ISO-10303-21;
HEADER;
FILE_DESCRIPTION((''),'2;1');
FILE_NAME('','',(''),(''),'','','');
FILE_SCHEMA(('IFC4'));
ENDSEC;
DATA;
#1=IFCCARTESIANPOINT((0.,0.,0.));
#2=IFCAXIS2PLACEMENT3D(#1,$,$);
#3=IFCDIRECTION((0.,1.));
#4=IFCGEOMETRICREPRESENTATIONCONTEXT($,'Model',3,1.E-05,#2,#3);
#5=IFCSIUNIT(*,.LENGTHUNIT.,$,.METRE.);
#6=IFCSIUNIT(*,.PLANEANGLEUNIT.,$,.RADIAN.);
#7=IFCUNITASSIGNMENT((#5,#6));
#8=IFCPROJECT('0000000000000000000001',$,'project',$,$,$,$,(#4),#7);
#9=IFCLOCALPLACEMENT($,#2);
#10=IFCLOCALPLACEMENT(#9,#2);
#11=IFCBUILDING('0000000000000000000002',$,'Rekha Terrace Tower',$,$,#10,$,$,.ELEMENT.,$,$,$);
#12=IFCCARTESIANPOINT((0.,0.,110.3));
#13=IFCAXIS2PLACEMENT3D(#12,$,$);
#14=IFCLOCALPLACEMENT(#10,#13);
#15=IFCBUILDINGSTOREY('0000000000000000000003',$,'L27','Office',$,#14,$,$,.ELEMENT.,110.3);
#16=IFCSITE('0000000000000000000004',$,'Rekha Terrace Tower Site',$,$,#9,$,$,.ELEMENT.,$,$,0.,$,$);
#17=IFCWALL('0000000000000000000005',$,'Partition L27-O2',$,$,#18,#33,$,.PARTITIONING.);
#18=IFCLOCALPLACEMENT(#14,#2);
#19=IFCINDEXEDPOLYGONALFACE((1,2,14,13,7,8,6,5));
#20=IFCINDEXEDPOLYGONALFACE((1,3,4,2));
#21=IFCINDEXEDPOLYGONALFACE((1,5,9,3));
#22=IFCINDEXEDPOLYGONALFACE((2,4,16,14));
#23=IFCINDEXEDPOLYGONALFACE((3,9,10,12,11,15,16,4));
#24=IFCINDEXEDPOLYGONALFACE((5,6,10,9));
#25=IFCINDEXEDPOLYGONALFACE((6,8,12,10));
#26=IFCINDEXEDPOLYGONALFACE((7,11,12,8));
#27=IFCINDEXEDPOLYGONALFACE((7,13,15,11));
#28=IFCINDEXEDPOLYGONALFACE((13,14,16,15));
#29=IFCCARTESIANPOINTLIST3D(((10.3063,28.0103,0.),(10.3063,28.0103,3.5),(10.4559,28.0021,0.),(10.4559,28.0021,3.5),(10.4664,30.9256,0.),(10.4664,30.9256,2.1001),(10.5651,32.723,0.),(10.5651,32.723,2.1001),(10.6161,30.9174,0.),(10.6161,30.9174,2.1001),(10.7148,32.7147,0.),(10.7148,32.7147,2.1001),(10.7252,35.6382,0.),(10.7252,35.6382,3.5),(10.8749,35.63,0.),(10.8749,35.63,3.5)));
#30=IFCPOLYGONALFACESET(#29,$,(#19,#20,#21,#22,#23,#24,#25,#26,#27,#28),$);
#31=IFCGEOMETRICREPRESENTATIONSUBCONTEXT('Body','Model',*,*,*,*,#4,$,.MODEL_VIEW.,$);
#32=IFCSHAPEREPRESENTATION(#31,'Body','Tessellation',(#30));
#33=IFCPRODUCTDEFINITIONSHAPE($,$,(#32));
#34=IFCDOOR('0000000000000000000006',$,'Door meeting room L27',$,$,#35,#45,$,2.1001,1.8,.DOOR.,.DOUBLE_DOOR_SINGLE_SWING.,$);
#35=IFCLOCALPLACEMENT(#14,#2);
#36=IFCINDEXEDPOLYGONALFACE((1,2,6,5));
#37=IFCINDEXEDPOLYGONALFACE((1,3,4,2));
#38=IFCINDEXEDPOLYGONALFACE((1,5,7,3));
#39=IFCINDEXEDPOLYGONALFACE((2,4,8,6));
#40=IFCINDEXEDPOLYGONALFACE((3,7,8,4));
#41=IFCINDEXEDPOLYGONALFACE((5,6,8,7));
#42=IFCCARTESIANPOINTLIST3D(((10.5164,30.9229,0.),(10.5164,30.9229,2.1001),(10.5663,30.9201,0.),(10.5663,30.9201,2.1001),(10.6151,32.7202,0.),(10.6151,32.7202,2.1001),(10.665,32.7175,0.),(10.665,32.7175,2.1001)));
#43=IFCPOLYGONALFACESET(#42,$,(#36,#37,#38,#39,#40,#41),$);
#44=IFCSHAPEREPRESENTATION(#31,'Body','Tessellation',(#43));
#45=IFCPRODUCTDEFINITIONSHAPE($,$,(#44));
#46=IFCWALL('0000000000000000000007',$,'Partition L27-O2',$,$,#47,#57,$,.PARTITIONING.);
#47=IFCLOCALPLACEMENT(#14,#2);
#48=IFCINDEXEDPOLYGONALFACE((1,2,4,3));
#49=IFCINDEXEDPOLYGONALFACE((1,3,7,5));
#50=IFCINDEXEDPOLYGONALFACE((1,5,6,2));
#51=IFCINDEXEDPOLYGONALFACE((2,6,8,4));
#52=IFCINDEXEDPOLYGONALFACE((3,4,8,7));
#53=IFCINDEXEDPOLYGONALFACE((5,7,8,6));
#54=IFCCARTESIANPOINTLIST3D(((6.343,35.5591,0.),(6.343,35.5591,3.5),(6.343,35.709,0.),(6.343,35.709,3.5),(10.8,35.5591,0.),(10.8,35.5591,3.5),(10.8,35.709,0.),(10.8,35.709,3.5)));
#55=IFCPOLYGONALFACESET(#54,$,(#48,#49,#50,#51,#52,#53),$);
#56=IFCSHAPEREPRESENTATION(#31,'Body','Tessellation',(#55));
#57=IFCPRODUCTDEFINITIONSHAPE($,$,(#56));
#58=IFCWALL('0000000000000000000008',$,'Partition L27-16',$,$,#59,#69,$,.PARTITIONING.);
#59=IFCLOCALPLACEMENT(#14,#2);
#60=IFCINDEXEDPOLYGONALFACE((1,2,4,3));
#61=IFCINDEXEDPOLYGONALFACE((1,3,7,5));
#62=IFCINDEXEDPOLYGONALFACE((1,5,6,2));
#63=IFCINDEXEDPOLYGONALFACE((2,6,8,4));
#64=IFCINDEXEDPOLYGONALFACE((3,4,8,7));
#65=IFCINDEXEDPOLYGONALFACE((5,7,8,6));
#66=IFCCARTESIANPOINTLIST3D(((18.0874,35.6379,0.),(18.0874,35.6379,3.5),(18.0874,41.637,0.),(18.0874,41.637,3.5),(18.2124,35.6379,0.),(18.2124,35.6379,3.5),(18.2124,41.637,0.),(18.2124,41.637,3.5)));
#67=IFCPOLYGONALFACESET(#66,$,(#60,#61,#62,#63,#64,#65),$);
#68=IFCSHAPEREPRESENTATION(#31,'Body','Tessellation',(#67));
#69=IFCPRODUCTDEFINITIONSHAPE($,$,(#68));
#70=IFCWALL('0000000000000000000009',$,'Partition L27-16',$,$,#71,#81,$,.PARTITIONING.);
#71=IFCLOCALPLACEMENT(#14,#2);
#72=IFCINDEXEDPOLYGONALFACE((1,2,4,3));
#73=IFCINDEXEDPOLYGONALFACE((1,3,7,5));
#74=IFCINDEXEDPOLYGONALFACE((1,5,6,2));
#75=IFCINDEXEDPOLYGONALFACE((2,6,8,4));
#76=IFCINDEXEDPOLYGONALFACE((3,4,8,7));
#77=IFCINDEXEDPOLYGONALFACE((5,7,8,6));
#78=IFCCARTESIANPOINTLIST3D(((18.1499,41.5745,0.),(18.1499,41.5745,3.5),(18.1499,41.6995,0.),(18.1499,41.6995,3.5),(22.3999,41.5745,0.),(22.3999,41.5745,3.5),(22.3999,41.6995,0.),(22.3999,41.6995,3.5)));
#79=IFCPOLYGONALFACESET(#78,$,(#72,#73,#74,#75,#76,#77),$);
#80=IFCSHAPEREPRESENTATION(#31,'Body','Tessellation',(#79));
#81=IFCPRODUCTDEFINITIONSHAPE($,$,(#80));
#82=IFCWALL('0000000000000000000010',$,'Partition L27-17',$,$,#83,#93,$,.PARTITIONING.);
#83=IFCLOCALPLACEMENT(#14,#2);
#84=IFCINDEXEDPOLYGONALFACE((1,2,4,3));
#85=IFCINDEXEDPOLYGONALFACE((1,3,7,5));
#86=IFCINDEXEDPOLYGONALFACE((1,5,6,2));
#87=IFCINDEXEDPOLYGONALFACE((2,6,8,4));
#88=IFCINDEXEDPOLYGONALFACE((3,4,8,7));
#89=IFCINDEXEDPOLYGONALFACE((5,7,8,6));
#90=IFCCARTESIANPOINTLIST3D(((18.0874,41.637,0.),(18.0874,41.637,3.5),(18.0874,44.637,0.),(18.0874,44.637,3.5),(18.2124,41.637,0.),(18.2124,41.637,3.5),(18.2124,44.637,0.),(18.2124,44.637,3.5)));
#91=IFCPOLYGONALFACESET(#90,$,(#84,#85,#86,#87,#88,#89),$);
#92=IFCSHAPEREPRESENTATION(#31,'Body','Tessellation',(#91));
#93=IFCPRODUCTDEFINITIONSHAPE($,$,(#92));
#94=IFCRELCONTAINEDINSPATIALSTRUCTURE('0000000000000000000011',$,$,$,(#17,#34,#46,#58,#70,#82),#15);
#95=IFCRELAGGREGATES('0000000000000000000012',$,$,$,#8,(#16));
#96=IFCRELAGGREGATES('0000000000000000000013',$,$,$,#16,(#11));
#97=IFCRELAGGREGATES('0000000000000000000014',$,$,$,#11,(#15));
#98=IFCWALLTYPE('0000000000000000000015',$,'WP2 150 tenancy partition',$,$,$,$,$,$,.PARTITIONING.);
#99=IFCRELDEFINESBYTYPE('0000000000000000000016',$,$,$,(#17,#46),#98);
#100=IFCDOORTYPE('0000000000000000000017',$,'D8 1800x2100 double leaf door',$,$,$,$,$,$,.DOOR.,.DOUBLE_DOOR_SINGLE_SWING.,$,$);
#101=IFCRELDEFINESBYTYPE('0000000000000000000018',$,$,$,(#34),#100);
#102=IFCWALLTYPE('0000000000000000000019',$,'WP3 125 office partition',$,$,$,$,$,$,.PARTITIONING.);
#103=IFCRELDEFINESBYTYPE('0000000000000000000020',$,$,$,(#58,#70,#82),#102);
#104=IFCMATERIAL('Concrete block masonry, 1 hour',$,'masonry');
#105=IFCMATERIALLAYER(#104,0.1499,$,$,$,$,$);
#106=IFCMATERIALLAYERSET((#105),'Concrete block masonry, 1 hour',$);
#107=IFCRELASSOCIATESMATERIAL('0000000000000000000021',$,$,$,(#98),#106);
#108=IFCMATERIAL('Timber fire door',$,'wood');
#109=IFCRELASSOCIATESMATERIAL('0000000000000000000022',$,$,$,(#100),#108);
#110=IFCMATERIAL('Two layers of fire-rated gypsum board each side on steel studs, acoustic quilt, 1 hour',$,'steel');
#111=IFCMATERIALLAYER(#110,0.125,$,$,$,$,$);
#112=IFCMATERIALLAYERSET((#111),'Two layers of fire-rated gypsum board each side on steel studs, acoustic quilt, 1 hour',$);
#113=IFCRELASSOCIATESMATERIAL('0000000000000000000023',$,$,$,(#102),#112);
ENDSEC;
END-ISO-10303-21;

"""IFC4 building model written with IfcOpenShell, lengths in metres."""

from ifc_helpers import new_model, si_unit, direction, frame, frame_2d, origin, place, context, subcontext, project, spatial, rectangle, extrude, material, layer, layer_set, type_object, element, fill, save


model = new_model("IFC4")

# Units and contexts
model_context = context("Model", 3, precision=1e-05, world=origin(), true_north=direction((0.0, 1.0)))
body_context = subcontext(model_context, "Body", "Model", "MODEL_VIEW")
ifc_project = project(units=[si_unit("LENGTHUNIT", "METRE"), si_unit("PLANEANGLEUNIT", "RADIAN")], contexts=[model_context])

# Site, building, storey
site_placement = place(None, origin())
site = spatial("IfcSite", under=ifc_project, at=site_placement, Name="Rekha Terrace Tower Site", CompositionType="ELEMENT", RefElevation=0.0)
building_placement = place(site_placement, origin())
building = spatial("IfcBuilding", under=site, at=building_placement, Name="Rekha Terrace Tower", CompositionType="ELEMENT")
storey_placement = place(building_placement, frame((0.0, 0.0, 110.3)))
storey = spatial("IfcBuildingStorey", under=building, at=storey_placement, Name="L27", Description="Office", CompositionType="ELEMENT", Elevation=110.3)

# Shared definitions
ifc_material_1 = material(Name="Concrete block masonry, 1 hour", Category="masonry")
ifc_layer_1 = layer(ifc_material_1, 0.1499)
ifc_layer_set_1 = layer_set([ifc_layer_1], Name="Concrete block masonry, 1 hour")
wall_type_1 = type_object("IfcWallType", Name="WP2 150 tenancy partition", PredefinedType="PARTITIONING", material=ifc_layer_set_1)

# Wall, opening, door
wall_1_placement = place(storey_placement, frame((10.3811, 28.0061, 0.0), z_axis=(0.0, 0.0, 1.0), x_axis=(0.05484, 0.998495, 0.0)))
wall_1 = element("IfcWall", 1, at=wall_1_placement, inside=storey, type_object=wall_type_1, Name="Partition L27-O2", PredefinedType="PARTITIONING", context=body_context, shape_type="SweptSolid", body=[
    extrude(rectangle(XDim=7.6394, YDim=0.1499, at=frame_2d((3.8198, 0.0))), origin(), (0.0, 0.0, 1.0), 3.5),
])
opening_placement = place(wall_1_placement, frame((2.9199, 0.0, 0.0)))
opening = element("IfcOpeningElement", 2, at=opening_placement, cuts=wall_1, PredefinedType="OPENING", context=body_context, shape_type="SweptSolid", body=[
    extrude(rectangle(XDim=1.8, YDim=2.1001, at=frame_2d((0.8999, 1.05))), frame((0.0, 0.085, 0.0), z_axis=(0.0, -1.0, 0.0), x_axis=(1.0, 0.0, 0.0)), (0.0, 0.0, 1.0), 0.1699),
])
ifc_material_2 = material(Name="Timber fire door", Category="wood")
door_type = type_object("IfcDoorType", Name="D8 1800x2100 double leaf door", OperationType="DOUBLE_DOOR_SINGLE_SWING", PredefinedType="DOOR", material=ifc_material_2)
door_placement = place(opening_placement, origin())
door = element("IfcDoor", 3, at=door_placement, inside=storey, type_object=door_type, Name="Door meeting room L27", OperationType="DOUBLE_DOOR_SINGLE_SWING", OverallHeight=2.1001, OverallWidth=1.8, PredefinedType="DOOR", context=body_context, shape_type="SweptSolid", body=[
    extrude(rectangle(XDim=1.8, YDim=2.1001, at=frame_2d((0.8999, 1.05))), frame((0.0, 0.0249, 0.0), z_axis=(0.0, -1.0, 0.0), x_axis=(1.0, 0.0, 0.0)), (0.0, 0.0, 1.0), 0.05),
])
fill(opening, door)

# Walls
wall_2_placement = place(storey_placement, frame((10.8, 35.634, 0.0), z_axis=(0.0, 0.0, 1.0), x_axis=(-1.0, 0.0, 0.0)))
element("IfcWall", 4, at=wall_2_placement, inside=storey, type_object=wall_type_1, Name="Partition L27-O2", PredefinedType="PARTITIONING", context=body_context, shape_type="SweptSolid", body=[
    extrude(rectangle(XDim=4.457, YDim=0.1499, at=frame_2d((2.2285, 0.0))), origin(), (0.0, 0.0, 1.0), 3.5),
])
ifc_material_3 = material(Name="Two layers of fire-rated gypsum board each side on steel studs, acoustic quilt, 1 hour", Category="steel")
ifc_layer_2 = layer(ifc_material_3, 0.125)
ifc_layer_set_2 = layer_set([ifc_layer_2], Name="Two layers of fire-rated gypsum board each side on steel studs, acoustic quilt, 1 hour")
wall_type_2 = type_object("IfcWallType", Name="WP3 125 office partition", PredefinedType="PARTITIONING", material=ifc_layer_set_2)
wall_3_placement = place(storey_placement, frame((18.1499, 35.6379, 0.0), z_axis=(0.0, 0.0, 1.0), x_axis=(0.0, 1.0, 0.0)))
element("IfcWall", 5, at=wall_3_placement, inside=storey, type_object=wall_type_2, Name="Partition L27-16", PredefinedType="PARTITIONING", context=body_context, shape_type="SweptSolid", body=[
    extrude(rectangle(XDim=5.999, YDim=0.125, at=frame_2d((2.9995, 0.0))), origin(), (0.0, 0.0, 1.0), 3.5),
])
wall_4_placement = place(storey_placement, frame((18.1499, 41.637, 0.0), z_axis=(0.0, 0.0, 1.0), x_axis=(1.0, 0.0, 0.0)))
element("IfcWall", 6, at=wall_4_placement, inside=storey, type_object=wall_type_2, Name="Partition L27-16", PredefinedType="PARTITIONING", context=body_context, shape_type="SweptSolid", body=[
    extrude(rectangle(XDim=4.25, YDim=0.125, at=frame_2d((2.125, 0.0))), origin(), (0.0, 0.0, 1.0), 3.5),
])
wall_5_placement = place(storey_placement, frame((18.1499, 41.637, 0.0), z_axis=(0.0, 0.0, 1.0), x_axis=(0.0, 1.0, 0.0)))
element("IfcWall", 7, at=wall_5_placement, inside=storey, type_object=wall_type_2, Name="Partition L27-17", PredefinedType="PARTITIONING", context=body_context, shape_type="SweptSolid", body=[
    extrude(rectangle(XDim=3.0, YDim=0.125, at=frame_2d((1.5, 0.0))), origin(), (0.0, 0.0, 1.0), 3.5),
])

save(model, "model.ifc")
